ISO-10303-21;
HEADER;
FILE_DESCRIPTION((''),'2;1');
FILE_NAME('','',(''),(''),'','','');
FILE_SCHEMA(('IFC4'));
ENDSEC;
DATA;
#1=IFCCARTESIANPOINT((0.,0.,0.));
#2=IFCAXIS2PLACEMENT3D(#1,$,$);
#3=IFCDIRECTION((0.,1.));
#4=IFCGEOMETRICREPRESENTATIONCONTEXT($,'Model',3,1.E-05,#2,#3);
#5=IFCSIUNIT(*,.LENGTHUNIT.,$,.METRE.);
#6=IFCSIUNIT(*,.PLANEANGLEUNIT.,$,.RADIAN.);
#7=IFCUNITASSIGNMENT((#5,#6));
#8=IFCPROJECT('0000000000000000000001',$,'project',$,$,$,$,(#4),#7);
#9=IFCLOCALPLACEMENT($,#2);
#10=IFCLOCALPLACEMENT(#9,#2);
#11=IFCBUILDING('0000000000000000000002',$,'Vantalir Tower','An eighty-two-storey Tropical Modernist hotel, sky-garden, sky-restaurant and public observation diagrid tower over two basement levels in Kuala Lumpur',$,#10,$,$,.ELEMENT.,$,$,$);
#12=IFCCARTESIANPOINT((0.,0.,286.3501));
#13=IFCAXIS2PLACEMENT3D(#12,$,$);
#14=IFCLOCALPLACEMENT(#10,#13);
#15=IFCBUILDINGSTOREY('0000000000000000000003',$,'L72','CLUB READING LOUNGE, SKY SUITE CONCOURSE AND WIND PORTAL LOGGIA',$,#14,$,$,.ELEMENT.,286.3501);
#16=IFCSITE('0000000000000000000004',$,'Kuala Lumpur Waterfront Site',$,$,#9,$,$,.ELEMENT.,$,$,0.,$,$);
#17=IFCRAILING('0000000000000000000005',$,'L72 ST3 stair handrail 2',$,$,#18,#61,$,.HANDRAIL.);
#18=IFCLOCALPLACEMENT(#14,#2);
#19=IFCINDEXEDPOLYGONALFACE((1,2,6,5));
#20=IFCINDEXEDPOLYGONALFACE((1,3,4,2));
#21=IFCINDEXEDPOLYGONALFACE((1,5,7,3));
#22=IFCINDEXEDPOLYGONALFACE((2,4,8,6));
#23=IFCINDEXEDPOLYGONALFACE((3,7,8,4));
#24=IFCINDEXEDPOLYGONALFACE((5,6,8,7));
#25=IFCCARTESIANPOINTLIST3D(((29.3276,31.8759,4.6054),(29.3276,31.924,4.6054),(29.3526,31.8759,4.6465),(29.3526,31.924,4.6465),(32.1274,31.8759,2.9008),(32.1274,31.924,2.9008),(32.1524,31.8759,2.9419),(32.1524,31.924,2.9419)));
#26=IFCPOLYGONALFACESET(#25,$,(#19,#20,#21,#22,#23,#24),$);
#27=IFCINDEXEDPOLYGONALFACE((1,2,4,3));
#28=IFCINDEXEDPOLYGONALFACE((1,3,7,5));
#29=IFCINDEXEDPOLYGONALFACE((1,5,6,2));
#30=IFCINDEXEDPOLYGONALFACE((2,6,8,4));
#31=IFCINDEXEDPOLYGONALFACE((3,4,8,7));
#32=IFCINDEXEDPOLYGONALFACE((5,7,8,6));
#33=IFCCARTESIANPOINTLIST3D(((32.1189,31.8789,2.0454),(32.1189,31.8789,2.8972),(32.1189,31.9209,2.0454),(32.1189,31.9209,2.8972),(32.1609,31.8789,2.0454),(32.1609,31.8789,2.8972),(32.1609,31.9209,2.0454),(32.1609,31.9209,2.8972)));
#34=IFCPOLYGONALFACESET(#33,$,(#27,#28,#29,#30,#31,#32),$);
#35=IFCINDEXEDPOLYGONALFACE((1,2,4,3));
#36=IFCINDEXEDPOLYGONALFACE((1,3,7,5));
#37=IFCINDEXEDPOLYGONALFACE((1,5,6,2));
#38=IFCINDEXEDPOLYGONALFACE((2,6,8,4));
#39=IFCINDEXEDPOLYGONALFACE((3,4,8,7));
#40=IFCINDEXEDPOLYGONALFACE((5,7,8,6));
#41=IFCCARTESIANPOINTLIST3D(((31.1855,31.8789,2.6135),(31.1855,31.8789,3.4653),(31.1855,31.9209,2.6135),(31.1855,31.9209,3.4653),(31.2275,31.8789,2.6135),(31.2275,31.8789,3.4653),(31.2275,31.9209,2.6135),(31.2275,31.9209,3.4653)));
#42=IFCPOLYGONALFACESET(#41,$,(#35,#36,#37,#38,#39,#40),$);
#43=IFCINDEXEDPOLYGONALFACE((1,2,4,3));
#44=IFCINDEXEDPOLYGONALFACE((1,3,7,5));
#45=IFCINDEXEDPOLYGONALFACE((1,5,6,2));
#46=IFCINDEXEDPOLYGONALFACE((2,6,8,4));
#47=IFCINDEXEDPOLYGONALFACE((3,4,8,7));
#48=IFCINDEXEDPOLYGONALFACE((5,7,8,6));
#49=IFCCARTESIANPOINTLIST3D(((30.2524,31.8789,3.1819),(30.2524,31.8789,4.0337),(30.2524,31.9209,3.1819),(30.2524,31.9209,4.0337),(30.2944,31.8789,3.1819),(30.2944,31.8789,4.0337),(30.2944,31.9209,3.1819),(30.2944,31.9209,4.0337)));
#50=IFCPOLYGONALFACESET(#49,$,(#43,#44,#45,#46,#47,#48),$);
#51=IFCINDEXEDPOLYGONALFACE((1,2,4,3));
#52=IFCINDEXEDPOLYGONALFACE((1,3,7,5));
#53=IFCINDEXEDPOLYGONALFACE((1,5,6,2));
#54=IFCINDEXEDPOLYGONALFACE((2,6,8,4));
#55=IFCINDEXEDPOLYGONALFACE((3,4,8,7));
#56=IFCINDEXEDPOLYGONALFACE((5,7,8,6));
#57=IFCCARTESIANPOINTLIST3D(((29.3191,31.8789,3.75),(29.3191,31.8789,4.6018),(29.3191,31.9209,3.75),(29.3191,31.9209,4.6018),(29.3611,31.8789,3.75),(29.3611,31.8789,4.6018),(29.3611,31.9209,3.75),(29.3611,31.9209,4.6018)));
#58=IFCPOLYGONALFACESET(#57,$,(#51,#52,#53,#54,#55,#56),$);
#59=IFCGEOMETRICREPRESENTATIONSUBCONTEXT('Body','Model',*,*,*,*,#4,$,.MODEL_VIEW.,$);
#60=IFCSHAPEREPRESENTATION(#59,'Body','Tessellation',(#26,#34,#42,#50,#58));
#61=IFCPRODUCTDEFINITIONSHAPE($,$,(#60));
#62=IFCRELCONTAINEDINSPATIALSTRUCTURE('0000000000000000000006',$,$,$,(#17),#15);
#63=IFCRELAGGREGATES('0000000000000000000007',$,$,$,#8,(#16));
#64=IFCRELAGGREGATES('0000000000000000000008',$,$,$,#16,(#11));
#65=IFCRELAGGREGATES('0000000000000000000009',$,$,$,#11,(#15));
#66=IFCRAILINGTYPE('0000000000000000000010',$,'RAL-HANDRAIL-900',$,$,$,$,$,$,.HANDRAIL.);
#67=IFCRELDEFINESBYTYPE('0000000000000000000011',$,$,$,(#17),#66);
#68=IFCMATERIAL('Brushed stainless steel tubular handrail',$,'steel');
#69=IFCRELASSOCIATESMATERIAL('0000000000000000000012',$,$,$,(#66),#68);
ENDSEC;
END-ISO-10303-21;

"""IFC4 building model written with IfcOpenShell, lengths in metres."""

from ifc_helpers import new_model, si_unit, direction, frame, origin, origin_2d, place, context, subcontext, project, spatial, rectangle, extrude, material, type_object, element, save


model = new_model("IFC4")

# Units and contexts
model_context = context("Model", 3, precision=1e-05, world=origin(), true_north=direction((0.0, 1.0)))
body_context = subcontext(model_context, "Body", "Model", "MODEL_VIEW")
ifc_project = project(units=[si_unit("LENGTHUNIT", "METRE"), si_unit("PLANEANGLEUNIT", "RADIAN")], contexts=[model_context])

# Site, building, storey
site_placement = place(None, origin())
site = spatial("IfcSite", under=ifc_project, at=site_placement, Name="Kuala Lumpur Waterfront Site", CompositionType="ELEMENT", RefElevation=0.0)
building_placement = place(site_placement, origin())
building = spatial("IfcBuilding", under=site, at=building_placement, Name="Vantalir Tower", Description="An eighty-two-storey Tropical Modernist hotel, sky-garden, sky-restaurant and public observation diagrid tower over two basement levels in Kuala Lumpur", CompositionType="ELEMENT")
storey_placement = place(building_placement, frame((0.0, 0.0, 286.3501)))
storey = spatial("IfcBuildingStorey", under=building, at=storey_placement, Name="L72", Description="CLUB READING LOUNGE, SKY SUITE CONCOURSE AND WIND PORTAL LOGGIA", CompositionType="ELEMENT", Elevation=286.3501)

# Railing
ifc_material_1 = material(Name="Brushed stainless steel tubular handrail", Category="steel")
railing_type_1 = type_object("IfcRailingType", Name="RAL-HANDRAIL-900", PredefinedType="HANDRAIL", material=ifc_material_1)
railing_1_placement = place(storey_placement, frame((32.1399, 31.8999, 2.0454)))
element("IfcRailing", 1, at=railing_1_placement, inside=storey, type_object=railing_type_1, Name="L72 ST3 stair handrail 2", PredefinedType="HANDRAIL", context=body_context, shape_type="SweptSolid", body=[
    extrude(rectangle(XDim=0.0481, YDim=0.0481, at=origin_2d()), frame((0.0, 0.0, 0.876), z_axis=(-0.85415, 0.0, 0.520027), x_axis=(0.0, -1.0, 0.0)), (0.0, 0.0, 1.0), 3.2778),
    extrude(rectangle(XDim=0.042, YDim=0.042, at=origin_2d()), origin(), (0.0, 0.0, 1.0), 0.8518),
    extrude(rectangle(XDim=0.042, YDim=0.042, at=origin_2d()), frame((-0.9333, 0.0, 0.5681)), (0.0, 0.0, 1.0), 0.8518),
    extrude(rectangle(XDim=0.042, YDim=0.042, at=origin_2d()), frame((-1.8665, 0.0, 1.1365)), (0.0, 0.0, 1.0), 0.8518),
    extrude(rectangle(XDim=0.042, YDim=0.042, at=origin_2d()), frame((-2.7998, 0.0, 1.7046)), (0.0, 0.0, 1.0), 0.8518),
])

save(model, "model.ifc")
